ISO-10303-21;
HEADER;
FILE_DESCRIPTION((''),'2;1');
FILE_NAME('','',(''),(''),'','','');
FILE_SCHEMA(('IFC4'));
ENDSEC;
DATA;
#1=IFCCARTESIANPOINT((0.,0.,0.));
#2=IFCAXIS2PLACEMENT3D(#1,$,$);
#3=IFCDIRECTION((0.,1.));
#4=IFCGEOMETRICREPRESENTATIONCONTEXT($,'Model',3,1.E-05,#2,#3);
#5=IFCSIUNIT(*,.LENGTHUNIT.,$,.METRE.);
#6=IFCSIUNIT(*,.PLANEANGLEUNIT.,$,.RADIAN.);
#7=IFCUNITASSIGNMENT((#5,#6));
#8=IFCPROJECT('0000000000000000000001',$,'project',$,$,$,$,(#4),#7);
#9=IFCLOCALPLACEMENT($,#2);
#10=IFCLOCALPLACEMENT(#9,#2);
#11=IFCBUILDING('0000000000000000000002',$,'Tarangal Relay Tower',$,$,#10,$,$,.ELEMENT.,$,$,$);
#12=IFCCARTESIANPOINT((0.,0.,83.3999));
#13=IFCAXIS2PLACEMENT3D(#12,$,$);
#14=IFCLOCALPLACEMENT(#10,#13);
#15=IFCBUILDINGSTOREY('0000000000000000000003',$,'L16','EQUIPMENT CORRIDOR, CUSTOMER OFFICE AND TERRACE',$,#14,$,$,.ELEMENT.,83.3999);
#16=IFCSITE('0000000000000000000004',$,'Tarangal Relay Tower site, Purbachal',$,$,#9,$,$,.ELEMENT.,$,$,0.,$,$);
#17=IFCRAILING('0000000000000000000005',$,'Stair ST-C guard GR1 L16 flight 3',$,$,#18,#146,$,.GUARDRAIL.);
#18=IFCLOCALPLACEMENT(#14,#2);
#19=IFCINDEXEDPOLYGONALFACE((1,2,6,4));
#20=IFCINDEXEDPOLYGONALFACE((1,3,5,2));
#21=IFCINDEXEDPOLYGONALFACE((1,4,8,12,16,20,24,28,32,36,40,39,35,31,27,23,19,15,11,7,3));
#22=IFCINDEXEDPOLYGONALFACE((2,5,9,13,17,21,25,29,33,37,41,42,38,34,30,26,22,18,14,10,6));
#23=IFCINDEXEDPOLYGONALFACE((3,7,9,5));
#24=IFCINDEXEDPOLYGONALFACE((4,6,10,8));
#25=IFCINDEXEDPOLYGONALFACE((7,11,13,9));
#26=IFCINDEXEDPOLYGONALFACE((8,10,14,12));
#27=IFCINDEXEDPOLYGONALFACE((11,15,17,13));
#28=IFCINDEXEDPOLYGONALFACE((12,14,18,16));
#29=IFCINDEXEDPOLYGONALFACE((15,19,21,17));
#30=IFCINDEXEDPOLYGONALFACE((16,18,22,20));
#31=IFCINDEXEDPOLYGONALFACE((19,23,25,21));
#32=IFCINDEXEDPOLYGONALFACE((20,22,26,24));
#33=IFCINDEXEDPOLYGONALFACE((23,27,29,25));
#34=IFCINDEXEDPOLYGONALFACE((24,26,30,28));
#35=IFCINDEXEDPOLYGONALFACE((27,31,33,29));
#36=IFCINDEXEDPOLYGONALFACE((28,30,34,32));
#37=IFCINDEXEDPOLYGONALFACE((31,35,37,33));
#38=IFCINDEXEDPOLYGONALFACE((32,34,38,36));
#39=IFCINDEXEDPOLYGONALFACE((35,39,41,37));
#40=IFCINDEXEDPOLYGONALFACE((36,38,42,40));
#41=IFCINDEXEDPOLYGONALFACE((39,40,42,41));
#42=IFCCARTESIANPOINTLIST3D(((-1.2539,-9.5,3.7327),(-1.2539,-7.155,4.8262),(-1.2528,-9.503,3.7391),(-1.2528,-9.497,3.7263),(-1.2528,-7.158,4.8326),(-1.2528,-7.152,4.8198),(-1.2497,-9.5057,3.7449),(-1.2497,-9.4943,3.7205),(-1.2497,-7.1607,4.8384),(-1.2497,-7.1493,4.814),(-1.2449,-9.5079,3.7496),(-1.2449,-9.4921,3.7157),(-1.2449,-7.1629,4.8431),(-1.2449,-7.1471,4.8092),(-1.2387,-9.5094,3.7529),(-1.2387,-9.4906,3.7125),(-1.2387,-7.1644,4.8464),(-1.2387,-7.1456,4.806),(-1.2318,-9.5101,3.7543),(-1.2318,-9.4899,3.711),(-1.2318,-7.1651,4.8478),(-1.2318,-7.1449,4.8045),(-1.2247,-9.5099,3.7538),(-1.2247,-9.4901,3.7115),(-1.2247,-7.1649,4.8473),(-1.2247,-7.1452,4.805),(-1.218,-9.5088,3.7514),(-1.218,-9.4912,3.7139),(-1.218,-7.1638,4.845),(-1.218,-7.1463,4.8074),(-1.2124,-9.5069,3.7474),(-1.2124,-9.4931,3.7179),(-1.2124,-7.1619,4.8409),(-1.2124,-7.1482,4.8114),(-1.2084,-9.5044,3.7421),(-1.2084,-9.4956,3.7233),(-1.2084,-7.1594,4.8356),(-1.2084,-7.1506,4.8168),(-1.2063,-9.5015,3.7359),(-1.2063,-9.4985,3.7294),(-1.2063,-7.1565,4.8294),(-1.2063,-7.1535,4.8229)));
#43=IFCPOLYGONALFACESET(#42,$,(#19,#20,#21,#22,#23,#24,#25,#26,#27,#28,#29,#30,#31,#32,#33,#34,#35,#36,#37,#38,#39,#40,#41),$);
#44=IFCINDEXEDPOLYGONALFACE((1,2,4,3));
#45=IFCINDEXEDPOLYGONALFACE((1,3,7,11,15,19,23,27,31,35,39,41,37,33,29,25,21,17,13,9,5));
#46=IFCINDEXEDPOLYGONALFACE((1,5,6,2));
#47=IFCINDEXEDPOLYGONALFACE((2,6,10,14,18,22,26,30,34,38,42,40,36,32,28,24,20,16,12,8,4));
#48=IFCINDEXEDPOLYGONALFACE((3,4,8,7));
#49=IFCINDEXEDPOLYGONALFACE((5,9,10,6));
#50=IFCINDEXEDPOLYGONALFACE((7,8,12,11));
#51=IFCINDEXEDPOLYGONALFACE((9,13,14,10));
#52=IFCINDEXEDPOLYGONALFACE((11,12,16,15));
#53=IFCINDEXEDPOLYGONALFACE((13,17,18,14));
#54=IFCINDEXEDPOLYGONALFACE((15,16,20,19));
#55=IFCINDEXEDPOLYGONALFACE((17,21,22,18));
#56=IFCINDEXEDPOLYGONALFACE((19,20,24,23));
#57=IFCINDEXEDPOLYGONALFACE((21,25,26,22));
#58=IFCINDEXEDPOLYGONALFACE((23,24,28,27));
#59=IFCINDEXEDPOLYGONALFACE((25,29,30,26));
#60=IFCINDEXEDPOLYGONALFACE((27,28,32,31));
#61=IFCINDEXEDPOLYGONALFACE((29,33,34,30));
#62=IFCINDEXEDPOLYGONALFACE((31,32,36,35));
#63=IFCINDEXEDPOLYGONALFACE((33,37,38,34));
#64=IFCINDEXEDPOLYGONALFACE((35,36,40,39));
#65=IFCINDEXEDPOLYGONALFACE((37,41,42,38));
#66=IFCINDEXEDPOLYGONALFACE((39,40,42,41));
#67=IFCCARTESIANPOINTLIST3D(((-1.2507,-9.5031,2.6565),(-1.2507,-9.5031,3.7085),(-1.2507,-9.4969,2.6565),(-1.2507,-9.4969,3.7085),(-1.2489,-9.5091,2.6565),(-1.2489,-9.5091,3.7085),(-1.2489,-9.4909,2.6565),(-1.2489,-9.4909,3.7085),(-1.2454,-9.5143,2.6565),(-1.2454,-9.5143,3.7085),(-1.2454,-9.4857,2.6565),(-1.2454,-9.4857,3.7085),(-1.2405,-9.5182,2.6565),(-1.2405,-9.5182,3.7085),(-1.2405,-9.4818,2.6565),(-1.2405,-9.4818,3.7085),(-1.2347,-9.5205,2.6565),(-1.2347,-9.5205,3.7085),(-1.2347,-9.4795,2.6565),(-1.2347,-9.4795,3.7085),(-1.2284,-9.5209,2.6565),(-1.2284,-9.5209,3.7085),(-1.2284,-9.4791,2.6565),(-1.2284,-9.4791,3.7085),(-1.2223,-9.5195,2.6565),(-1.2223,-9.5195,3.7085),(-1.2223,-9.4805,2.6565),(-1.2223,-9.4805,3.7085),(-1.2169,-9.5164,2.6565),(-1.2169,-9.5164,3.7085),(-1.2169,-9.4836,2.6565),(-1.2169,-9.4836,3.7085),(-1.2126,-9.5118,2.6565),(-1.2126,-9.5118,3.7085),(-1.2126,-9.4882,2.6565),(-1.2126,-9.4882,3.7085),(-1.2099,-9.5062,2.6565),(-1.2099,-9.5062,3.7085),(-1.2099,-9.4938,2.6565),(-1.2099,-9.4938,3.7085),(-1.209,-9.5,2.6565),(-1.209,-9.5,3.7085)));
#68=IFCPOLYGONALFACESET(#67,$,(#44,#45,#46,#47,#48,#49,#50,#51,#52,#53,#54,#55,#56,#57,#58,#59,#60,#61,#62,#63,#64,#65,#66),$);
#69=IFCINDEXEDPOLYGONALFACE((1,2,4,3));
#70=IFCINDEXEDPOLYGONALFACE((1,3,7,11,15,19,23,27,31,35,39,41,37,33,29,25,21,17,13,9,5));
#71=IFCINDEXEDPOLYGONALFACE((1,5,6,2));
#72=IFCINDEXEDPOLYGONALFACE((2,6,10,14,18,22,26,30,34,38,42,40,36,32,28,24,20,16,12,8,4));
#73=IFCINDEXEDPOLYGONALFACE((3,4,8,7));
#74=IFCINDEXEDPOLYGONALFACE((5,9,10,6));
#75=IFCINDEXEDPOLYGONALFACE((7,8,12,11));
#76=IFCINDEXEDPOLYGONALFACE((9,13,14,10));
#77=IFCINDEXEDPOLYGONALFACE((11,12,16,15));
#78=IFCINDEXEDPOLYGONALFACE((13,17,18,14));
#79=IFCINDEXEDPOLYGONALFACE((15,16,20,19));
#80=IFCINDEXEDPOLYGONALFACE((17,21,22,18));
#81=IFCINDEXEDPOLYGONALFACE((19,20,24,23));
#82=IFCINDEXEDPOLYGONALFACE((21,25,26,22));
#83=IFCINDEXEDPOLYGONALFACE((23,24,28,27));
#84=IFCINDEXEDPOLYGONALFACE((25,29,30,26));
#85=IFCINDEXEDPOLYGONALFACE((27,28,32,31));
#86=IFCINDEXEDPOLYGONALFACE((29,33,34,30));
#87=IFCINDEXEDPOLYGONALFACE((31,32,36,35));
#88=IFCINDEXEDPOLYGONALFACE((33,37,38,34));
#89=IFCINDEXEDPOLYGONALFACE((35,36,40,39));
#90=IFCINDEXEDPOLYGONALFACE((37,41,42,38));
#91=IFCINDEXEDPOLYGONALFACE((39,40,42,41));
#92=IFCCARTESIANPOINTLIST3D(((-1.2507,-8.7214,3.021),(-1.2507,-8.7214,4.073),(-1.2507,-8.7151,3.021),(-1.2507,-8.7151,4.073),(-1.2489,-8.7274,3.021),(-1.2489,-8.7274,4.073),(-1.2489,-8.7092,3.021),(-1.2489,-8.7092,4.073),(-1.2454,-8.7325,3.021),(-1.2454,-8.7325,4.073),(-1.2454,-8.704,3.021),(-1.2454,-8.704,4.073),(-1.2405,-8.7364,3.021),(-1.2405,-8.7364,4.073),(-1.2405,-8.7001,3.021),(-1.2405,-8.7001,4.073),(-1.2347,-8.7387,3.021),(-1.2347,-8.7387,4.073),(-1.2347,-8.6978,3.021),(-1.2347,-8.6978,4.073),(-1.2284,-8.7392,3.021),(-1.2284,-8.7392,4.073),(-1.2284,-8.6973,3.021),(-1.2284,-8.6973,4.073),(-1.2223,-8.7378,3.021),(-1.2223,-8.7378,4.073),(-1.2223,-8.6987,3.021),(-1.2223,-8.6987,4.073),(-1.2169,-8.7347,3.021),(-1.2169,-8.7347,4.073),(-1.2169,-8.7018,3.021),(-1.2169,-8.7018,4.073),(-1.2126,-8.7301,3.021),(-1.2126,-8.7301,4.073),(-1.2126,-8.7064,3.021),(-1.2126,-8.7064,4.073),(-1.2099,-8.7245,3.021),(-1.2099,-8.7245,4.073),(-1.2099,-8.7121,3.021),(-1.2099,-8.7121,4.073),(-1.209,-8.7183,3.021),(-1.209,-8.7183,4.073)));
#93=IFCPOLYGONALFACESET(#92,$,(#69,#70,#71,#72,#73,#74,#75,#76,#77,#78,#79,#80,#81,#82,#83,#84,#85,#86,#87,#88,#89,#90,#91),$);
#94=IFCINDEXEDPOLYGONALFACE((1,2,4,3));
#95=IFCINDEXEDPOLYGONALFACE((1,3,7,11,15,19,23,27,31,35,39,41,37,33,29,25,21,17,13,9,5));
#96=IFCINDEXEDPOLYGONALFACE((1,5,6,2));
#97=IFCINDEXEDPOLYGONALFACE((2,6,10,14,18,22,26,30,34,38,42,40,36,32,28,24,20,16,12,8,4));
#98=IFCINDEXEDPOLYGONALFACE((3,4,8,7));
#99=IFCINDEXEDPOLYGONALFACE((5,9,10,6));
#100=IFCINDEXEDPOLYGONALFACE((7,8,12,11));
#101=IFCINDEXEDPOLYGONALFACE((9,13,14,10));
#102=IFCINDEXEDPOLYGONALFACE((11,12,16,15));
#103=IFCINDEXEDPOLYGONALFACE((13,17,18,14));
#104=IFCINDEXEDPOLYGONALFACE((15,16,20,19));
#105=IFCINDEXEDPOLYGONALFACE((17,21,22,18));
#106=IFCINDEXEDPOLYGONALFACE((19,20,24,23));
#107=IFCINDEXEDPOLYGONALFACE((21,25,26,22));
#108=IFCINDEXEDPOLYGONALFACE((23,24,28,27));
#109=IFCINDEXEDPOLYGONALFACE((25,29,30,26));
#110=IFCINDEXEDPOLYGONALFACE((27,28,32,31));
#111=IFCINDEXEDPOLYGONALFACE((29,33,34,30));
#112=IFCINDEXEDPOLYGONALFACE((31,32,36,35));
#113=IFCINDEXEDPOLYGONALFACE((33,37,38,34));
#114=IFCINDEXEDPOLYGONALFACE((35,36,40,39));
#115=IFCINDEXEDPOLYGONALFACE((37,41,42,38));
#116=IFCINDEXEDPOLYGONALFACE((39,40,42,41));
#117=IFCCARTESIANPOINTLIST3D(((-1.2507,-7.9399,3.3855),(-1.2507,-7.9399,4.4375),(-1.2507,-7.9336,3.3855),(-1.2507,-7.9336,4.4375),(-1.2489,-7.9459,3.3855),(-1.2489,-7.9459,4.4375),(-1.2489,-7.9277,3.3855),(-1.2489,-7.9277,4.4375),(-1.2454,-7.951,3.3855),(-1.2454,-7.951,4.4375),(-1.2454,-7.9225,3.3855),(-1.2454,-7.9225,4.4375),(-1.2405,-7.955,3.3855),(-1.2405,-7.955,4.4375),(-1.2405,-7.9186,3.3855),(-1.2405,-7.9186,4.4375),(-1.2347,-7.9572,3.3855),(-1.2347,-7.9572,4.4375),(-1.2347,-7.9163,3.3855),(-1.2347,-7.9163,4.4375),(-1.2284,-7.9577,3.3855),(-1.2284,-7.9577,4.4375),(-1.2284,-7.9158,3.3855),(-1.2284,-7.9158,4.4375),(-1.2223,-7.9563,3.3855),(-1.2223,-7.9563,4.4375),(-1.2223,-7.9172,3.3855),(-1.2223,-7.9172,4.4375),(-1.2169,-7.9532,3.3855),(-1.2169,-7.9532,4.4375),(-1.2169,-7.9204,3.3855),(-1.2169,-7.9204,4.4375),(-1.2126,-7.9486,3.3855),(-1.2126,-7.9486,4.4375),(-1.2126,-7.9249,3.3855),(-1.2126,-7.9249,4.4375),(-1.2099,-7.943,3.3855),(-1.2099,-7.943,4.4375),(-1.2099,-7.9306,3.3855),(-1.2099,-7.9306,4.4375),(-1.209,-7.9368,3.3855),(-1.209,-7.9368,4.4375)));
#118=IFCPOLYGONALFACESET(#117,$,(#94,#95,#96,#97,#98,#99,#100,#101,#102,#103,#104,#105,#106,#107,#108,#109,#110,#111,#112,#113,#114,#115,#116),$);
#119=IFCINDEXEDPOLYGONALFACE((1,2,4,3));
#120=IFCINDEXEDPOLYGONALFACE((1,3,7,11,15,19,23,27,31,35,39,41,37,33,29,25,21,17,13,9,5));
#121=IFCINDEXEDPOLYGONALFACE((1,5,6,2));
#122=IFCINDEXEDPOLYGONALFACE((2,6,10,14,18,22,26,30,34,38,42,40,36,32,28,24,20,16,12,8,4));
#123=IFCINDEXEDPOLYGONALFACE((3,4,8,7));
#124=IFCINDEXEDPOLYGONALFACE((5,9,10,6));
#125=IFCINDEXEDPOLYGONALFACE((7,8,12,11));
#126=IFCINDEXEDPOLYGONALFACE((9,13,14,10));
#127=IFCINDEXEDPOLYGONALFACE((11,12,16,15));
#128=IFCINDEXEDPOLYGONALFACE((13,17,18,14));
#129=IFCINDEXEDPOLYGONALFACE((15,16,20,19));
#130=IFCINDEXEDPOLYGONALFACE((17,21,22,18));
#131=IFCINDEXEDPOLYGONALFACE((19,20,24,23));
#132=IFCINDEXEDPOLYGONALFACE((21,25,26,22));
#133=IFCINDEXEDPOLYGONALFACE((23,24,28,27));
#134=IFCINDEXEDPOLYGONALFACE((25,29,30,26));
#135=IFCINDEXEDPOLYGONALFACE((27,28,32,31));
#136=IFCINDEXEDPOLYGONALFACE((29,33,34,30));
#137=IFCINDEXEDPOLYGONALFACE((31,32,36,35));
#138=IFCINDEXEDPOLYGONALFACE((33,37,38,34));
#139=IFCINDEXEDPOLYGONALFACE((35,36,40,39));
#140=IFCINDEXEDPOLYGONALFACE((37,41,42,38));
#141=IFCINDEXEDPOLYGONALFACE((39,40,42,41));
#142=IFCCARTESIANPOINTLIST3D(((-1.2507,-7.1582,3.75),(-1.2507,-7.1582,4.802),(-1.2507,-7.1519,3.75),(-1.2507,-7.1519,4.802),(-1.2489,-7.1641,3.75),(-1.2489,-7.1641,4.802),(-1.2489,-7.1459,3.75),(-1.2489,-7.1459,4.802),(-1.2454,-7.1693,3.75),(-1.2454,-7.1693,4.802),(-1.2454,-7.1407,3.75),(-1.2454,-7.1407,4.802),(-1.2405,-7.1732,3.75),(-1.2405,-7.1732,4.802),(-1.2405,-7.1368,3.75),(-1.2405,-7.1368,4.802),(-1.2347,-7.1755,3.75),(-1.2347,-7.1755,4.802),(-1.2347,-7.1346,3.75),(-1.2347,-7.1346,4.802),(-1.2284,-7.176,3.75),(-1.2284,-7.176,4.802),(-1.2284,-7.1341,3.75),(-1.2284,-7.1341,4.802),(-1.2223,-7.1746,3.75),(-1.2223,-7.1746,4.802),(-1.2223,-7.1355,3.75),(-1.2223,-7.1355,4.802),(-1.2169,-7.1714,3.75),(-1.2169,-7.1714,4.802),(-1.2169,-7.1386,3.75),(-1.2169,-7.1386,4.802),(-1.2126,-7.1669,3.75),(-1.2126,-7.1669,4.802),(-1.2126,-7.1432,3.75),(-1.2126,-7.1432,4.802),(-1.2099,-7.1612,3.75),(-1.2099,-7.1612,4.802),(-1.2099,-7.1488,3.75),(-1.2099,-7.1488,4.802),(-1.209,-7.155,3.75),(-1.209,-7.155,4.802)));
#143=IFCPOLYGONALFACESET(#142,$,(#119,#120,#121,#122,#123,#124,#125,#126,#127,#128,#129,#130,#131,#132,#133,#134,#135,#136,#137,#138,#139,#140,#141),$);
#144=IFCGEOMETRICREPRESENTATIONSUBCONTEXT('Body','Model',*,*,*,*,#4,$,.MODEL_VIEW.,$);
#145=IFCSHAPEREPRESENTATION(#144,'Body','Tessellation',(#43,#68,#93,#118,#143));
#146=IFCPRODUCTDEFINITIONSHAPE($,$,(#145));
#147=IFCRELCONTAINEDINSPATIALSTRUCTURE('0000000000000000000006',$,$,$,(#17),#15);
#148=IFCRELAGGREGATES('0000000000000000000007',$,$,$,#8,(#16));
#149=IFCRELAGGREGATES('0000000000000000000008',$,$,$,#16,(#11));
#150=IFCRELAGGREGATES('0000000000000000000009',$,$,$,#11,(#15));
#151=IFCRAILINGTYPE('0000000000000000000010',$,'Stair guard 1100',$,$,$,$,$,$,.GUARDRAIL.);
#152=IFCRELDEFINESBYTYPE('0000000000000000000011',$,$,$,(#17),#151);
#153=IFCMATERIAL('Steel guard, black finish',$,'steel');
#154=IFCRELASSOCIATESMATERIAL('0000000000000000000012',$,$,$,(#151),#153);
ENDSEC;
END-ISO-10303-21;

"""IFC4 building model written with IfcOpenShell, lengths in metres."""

from ifc_helpers import new_model, si_unit, direction, frame, origin, origin_2d, place, context, subcontext, project, spatial, circle, extrude, material, type_object, element, save


model = new_model("IFC4")

# Units and contexts
model_context = context("Model", 3, precision=1e-05, world=origin(), true_north=direction((0.0, 1.0)))
body_context = subcontext(model_context, "Body", "Model", "MODEL_VIEW")
ifc_project = project(units=[si_unit("LENGTHUNIT", "METRE"), si_unit("PLANEANGLEUNIT", "RADIAN")], contexts=[model_context])

# Site, building, storey
site_placement = place(None, origin())
site = spatial("IfcSite", under=ifc_project, at=site_placement, Name="Tarangal Relay Tower site, Purbachal", CompositionType="ELEMENT", RefElevation=0.0)
building_placement = place(site_placement, origin())
building = spatial("IfcBuilding", under=site, at=building_placement, Name="Tarangal Relay Tower", CompositionType="ELEMENT")
storey_placement = place(building_placement, frame((0.0, 0.0, 83.3999)))
storey = spatial("IfcBuildingStorey", under=building, at=storey_placement, Name="L16", Description="EQUIPMENT CORRIDOR, CUSTOMER OFFICE AND TERRACE", CompositionType="ELEMENT", Elevation=83.3999)

# Railing
ifc_material_1 = material(Name="Steel guard, black finish", Category="steel")
railing_type_1 = type_object("IfcRailingType", Name="Stair guard 1100", PredefinedType="GUARDRAIL", material=ifc_material_1)
for number, where, name in (
    (1, (-1.23, -9.5, 2.6565), "Stair ST-C guard GR1 L16 flight 3"),
):
    element("IfcRailing", number, at=place(storey_placement, frame(where)), inside=storey, type_object=railing_type_1, Name=name, PredefinedType="GUARDRAIL", context=body_context, shape_type="SweptSolid", body=[
        extrude(circle(Radius=0.0239, at=origin_2d()), frame((0.0, 0.0, 1.0762), z_axis=(0.0, 0.906304, 0.422627), x_axis=(-1.0, 0.0, 0.0)), (0.0, 0.0, 1.0), 2.5874),
        extrude(circle(Radius=0.021, at=origin_2d()), origin(), (0.0, 0.0, 1.0), 1.052),
        extrude(circle(Radius=0.021, at=origin_2d()), frame((0.0, 0.7817, 0.3645)), (0.0, 0.0, 1.0), 1.052),
        extrude(circle(Radius=0.021, at=origin_2d()), frame((0.0, 1.5632, 0.729)), (0.0, 0.0, 1.0), 1.052),
        extrude(circle(Radius=0.021, at=origin_2d()), frame((0.0, 2.345, 1.0935)), (0.0, 0.0, 1.0), 1.052),
    ])

save(model, "model.ifc")
